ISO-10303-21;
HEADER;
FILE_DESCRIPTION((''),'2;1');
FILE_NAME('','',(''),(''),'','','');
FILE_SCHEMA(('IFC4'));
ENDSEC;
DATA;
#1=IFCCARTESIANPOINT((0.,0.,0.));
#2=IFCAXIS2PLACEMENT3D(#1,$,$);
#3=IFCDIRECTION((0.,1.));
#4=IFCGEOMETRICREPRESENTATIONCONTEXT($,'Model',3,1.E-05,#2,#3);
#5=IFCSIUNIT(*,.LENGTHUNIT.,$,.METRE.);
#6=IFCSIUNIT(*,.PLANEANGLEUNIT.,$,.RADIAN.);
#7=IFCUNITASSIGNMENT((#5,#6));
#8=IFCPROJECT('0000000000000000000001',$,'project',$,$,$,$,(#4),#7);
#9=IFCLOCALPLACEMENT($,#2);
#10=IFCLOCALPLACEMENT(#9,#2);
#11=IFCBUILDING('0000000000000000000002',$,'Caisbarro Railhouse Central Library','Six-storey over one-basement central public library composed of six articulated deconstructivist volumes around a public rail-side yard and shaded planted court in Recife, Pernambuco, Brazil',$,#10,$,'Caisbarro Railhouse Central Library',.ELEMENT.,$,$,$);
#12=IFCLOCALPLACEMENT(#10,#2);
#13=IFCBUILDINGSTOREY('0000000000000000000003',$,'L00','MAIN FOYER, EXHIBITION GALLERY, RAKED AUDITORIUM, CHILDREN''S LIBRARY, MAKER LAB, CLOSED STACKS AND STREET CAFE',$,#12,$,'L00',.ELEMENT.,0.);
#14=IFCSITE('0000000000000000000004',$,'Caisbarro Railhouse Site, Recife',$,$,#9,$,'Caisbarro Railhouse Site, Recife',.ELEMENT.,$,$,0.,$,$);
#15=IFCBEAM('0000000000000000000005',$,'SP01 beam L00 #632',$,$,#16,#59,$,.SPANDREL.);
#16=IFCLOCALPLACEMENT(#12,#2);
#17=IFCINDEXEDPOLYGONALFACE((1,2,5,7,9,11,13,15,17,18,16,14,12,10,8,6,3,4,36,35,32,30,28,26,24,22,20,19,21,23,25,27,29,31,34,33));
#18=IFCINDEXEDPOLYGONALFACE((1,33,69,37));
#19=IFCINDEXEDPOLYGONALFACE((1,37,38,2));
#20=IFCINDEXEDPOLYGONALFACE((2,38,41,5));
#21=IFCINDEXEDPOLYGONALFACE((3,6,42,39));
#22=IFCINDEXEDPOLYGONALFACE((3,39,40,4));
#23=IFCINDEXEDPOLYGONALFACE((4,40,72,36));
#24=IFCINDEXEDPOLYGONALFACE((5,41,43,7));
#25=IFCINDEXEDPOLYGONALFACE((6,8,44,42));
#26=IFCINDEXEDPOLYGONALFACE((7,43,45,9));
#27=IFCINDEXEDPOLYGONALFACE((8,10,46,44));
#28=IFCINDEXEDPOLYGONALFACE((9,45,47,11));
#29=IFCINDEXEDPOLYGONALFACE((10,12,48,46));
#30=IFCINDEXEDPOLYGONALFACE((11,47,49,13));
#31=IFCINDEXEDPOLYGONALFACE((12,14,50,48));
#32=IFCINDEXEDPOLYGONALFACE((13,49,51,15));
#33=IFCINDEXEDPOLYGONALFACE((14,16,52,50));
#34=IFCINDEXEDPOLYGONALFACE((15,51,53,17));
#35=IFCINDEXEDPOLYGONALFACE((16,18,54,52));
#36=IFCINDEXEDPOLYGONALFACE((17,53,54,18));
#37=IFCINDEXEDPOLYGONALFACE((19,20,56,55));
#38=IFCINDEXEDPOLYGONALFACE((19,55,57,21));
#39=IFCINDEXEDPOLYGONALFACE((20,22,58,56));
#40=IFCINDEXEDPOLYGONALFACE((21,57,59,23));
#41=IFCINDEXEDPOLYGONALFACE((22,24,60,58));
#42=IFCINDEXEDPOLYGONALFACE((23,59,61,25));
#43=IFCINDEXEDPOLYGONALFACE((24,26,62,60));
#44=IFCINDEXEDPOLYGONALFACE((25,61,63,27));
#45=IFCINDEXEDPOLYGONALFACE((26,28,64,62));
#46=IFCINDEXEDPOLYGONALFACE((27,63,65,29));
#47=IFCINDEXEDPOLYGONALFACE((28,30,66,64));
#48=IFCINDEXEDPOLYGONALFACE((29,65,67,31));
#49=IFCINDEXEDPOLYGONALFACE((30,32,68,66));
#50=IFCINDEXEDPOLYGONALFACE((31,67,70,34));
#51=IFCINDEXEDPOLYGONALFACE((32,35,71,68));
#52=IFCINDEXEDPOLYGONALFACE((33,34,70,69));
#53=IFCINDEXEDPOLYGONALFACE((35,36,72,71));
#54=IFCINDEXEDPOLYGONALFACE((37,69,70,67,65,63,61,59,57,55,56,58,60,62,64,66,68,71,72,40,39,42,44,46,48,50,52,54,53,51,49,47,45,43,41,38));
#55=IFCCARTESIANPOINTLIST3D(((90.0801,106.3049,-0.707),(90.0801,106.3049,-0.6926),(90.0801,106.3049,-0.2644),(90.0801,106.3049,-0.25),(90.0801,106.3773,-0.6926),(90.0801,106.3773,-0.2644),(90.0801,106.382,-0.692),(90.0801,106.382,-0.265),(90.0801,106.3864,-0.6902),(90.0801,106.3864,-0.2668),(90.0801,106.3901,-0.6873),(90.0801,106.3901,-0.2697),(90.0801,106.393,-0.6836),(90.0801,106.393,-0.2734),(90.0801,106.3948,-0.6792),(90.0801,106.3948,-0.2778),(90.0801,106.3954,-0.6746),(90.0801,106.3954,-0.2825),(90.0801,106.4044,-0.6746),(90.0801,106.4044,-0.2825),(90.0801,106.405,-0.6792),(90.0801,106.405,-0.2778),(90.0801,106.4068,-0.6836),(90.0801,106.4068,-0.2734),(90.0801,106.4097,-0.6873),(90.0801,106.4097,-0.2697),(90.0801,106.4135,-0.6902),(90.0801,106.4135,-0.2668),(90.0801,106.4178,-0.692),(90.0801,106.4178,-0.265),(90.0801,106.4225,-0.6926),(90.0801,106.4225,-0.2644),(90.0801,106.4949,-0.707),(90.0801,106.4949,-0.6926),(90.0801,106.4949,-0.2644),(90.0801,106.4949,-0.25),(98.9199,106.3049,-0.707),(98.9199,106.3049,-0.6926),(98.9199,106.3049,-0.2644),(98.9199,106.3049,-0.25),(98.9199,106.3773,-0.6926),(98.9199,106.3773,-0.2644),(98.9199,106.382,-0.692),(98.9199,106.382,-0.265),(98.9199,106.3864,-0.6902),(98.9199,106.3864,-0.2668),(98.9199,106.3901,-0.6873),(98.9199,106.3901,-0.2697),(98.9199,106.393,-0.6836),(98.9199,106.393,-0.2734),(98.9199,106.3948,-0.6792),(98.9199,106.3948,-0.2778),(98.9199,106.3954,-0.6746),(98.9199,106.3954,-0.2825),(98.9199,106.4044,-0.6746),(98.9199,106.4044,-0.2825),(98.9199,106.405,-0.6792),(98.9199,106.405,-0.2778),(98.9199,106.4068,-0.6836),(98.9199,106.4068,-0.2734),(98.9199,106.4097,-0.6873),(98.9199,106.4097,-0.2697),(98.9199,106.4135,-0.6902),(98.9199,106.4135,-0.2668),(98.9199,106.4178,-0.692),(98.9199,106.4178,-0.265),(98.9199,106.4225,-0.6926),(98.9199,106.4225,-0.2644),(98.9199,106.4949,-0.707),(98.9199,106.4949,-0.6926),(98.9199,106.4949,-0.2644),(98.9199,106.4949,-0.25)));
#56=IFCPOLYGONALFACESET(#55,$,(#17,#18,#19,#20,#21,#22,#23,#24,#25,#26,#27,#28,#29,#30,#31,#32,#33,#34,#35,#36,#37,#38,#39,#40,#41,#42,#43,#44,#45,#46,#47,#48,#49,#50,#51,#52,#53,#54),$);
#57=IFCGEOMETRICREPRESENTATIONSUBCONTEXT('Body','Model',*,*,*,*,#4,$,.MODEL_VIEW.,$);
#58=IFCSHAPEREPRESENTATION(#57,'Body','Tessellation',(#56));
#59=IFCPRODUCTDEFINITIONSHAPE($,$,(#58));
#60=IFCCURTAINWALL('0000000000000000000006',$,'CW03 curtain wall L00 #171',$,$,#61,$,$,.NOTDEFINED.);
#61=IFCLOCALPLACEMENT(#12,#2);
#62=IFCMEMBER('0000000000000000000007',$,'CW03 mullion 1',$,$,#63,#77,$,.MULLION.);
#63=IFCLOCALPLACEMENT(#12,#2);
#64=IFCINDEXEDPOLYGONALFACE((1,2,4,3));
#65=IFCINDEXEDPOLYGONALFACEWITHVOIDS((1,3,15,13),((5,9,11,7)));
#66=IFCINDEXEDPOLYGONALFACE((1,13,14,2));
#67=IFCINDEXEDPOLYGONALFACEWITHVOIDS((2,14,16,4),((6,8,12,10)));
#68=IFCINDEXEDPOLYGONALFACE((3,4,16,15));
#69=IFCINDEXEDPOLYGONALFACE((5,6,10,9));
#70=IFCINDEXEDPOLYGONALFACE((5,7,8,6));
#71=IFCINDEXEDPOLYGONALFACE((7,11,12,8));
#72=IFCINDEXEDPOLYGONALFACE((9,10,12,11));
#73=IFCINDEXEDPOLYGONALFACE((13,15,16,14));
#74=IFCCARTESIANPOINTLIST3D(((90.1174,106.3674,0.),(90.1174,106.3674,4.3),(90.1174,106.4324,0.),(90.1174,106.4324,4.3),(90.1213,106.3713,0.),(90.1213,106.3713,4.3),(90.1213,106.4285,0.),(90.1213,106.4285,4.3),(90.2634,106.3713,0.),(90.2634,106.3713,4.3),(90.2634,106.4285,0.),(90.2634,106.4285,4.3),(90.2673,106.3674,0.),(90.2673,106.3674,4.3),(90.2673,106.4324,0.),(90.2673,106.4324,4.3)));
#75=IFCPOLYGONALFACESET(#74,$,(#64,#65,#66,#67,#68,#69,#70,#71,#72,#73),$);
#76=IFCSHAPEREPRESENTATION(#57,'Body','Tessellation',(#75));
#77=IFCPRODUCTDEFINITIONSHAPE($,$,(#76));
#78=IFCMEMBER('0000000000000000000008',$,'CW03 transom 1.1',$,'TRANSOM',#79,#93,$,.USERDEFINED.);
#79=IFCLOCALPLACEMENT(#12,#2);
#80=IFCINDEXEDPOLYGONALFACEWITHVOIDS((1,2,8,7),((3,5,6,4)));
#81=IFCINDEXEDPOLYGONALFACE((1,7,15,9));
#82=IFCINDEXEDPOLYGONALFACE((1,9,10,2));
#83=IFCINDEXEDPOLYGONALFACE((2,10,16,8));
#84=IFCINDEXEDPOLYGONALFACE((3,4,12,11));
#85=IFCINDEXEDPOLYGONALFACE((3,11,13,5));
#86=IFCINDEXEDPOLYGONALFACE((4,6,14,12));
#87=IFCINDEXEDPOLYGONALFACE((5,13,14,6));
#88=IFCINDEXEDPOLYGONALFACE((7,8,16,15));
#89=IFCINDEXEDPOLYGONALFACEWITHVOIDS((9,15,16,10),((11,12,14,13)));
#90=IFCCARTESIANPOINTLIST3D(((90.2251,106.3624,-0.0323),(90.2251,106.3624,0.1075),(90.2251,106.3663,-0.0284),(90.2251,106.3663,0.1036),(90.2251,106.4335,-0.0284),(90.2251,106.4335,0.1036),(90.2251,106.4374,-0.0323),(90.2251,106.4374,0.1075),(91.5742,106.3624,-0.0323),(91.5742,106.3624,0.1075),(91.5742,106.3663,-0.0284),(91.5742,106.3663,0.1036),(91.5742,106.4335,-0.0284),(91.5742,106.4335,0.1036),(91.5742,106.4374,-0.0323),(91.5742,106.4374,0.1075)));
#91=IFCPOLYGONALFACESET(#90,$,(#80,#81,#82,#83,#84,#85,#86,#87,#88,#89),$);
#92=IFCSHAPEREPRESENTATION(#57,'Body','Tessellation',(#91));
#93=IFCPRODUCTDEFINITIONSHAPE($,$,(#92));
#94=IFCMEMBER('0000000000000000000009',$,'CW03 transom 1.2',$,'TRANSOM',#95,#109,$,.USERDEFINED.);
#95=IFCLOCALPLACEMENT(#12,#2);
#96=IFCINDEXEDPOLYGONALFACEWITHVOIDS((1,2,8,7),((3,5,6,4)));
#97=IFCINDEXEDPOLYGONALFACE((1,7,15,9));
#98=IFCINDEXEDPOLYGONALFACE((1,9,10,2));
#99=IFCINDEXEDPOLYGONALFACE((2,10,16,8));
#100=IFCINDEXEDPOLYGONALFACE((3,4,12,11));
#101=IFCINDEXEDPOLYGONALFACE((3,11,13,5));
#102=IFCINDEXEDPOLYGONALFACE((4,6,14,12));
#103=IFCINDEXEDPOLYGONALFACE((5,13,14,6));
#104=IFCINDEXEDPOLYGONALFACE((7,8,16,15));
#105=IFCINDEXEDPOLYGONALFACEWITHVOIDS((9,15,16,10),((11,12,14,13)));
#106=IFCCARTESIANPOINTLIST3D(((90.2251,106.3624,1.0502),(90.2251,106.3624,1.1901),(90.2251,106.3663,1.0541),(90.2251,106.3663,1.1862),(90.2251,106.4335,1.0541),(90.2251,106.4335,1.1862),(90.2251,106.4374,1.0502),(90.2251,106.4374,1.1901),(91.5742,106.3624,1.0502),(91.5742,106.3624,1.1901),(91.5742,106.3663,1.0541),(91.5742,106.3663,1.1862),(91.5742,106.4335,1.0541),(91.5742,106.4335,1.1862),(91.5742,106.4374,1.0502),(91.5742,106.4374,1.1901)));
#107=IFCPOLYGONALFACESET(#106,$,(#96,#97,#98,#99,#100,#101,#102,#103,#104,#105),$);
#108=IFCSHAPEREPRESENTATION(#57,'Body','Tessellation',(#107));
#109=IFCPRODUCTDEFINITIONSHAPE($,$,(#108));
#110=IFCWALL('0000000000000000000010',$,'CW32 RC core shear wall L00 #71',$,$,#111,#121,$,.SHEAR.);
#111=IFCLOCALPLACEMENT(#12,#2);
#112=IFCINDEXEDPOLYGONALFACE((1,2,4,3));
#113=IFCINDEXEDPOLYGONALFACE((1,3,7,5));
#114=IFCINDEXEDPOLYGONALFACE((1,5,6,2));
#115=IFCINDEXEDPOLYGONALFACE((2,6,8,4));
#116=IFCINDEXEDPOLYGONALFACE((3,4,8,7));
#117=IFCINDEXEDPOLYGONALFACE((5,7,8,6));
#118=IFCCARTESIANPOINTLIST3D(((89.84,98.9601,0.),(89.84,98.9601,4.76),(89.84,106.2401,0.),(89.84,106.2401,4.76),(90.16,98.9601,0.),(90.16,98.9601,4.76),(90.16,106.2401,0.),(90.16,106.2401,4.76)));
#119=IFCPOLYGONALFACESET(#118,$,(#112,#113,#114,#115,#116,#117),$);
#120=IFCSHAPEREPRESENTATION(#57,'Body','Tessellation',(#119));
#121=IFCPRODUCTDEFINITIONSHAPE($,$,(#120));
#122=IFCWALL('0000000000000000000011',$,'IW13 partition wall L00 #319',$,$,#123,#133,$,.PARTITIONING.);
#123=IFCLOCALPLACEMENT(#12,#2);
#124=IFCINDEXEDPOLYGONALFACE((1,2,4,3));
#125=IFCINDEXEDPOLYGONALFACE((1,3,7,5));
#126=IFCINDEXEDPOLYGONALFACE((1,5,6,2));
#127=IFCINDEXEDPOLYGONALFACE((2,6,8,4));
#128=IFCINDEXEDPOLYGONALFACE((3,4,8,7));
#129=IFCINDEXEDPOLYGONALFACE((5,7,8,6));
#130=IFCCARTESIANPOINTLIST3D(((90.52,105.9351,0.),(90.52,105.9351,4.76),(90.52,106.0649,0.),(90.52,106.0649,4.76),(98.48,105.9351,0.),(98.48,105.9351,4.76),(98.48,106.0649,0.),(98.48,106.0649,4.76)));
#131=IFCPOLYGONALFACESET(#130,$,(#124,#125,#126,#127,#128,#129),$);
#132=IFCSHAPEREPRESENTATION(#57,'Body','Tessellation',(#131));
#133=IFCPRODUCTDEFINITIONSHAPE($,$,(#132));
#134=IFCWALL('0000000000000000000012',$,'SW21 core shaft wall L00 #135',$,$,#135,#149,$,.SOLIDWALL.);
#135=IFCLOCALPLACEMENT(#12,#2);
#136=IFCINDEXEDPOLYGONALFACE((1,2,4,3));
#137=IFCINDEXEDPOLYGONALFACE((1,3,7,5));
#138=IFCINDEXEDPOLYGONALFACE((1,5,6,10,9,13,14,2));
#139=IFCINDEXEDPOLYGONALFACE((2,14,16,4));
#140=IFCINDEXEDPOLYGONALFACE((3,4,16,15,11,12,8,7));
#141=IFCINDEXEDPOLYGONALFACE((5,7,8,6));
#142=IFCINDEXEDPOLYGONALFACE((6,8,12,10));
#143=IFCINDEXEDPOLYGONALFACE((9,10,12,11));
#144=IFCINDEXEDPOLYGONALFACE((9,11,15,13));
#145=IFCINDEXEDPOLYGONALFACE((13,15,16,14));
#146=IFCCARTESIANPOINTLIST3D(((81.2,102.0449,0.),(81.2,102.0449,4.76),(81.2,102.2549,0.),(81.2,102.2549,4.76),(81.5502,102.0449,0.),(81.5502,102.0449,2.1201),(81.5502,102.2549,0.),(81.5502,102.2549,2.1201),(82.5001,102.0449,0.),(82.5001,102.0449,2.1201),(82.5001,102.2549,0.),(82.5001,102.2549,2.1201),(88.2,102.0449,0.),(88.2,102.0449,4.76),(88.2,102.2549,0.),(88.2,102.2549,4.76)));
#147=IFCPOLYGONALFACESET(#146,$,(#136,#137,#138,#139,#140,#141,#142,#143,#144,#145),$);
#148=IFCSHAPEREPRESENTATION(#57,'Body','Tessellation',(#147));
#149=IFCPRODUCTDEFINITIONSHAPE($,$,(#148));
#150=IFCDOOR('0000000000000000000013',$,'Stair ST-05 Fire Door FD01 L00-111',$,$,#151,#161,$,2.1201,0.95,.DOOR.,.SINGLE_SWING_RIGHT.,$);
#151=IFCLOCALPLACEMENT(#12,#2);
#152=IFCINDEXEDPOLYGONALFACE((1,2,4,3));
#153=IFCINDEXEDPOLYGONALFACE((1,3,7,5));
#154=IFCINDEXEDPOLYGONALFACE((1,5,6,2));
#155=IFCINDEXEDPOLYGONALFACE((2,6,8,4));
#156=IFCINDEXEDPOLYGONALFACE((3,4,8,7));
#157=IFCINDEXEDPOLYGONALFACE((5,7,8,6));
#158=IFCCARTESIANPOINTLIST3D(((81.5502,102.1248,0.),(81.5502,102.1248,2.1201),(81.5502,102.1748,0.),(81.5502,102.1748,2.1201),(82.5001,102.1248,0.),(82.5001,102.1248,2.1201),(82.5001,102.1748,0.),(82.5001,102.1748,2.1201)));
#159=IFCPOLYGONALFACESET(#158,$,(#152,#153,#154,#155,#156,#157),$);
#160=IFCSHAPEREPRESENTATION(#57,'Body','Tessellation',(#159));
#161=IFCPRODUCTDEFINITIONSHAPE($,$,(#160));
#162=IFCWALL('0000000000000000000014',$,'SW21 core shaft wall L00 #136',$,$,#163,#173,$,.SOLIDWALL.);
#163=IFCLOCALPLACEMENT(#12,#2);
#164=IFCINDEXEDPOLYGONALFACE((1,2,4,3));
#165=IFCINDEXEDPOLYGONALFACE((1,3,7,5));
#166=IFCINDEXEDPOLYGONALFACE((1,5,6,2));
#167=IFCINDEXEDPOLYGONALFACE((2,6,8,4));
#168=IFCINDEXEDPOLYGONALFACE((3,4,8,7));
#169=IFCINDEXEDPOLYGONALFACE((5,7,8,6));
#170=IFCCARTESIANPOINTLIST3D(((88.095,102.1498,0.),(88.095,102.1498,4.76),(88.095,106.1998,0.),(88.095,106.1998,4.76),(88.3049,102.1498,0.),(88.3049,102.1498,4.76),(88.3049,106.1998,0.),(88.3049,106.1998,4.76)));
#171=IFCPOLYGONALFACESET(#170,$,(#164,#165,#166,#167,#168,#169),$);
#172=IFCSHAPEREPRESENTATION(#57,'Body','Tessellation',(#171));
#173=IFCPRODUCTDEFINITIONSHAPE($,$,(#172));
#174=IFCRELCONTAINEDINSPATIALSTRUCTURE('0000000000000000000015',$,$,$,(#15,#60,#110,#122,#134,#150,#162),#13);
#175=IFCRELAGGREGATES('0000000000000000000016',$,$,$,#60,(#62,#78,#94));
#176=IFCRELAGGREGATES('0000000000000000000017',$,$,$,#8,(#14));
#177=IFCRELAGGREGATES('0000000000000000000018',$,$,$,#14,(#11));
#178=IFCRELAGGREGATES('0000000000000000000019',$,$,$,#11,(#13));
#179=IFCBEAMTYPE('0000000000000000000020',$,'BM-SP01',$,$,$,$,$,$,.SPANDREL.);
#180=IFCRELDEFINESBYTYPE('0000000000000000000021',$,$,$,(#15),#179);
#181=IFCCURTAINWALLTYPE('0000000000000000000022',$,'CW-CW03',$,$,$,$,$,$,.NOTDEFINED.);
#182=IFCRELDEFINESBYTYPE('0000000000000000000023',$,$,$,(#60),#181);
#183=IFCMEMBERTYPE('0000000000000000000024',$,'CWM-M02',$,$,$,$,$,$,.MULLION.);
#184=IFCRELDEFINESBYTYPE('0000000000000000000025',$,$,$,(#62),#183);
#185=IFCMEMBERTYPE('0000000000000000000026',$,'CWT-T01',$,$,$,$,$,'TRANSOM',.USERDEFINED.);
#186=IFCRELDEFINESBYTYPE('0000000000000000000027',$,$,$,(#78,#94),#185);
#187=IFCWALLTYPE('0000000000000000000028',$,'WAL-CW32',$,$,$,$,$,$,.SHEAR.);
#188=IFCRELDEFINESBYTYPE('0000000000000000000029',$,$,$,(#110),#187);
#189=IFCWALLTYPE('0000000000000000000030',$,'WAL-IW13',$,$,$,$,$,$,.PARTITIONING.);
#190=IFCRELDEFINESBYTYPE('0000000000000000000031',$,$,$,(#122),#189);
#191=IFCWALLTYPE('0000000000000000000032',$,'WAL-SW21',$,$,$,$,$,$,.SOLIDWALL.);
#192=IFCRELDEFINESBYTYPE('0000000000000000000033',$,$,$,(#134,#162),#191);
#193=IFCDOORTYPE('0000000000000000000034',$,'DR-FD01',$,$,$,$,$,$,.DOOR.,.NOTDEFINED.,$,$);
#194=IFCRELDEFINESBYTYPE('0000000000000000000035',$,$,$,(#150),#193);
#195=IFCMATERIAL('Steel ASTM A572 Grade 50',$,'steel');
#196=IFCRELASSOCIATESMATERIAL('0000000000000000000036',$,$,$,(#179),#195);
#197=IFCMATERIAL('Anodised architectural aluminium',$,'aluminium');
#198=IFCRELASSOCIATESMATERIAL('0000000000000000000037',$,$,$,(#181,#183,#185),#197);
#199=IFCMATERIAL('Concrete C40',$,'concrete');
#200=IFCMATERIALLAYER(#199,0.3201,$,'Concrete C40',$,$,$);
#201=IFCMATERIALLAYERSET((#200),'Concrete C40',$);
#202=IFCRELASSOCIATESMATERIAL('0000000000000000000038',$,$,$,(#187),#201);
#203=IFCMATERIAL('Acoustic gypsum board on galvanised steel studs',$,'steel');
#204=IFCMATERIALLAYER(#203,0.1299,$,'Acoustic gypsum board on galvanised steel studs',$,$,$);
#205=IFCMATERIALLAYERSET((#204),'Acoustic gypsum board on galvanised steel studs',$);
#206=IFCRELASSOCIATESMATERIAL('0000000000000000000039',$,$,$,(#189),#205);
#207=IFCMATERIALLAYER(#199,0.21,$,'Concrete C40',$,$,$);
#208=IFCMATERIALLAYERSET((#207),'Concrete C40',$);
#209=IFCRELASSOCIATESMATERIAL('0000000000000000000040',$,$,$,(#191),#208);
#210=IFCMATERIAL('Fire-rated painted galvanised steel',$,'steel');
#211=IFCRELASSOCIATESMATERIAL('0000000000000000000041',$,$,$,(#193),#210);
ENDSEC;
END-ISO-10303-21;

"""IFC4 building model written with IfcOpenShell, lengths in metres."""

from ifc_helpers import new_model, si_unit, direction, frame, frame_2d, origin, origin_2d, place, context, subcontext, project, spatial, rectangle, hollow_rectangle, i_section, extrude, material, layer, layer_set, material_profile, profile_set, type_object, element, fill, aggregate, save


model = new_model("IFC4")

# Units and contexts
model_context = context("Model", 3, precision=1e-05, world=origin(), true_north=direction((0.0, 1.0)))
body_context = subcontext(model_context, "Body", "Model", "MODEL_VIEW")
ifc_project = project(units=[si_unit("LENGTHUNIT", "METRE"), si_unit("PLANEANGLEUNIT", "RADIAN")], contexts=[model_context])

# Site, building, storey
site_placement = place(None, origin())
site = spatial("IfcSite", under=ifc_project, at=site_placement, Name="Caisbarro Railhouse Site, Recife", LongName="Caisbarro Railhouse Site, Recife", CompositionType="ELEMENT", RefElevation=0.0)
building_placement = place(site_placement, origin())
building = spatial("IfcBuilding", under=site, at=building_placement, Name="Caisbarro Railhouse Central Library", Description="Six-storey over one-basement central public library composed of six articulated deconstructivist volumes around a public rail-side yard and shaded planted court in Recife, Pernambuco, Brazil", LongName="Caisbarro Railhouse Central Library", CompositionType="ELEMENT")
storey_placement = place(building_placement, origin())
storey = spatial("IfcBuildingStorey", under=building, at=storey_placement, Name="L00", Description="MAIN FOYER, EXHIBITION GALLERY, RAKED AUDITORIUM, CHILDREN'S LIBRARY, MAKER LAB, CLOSED STACKS AND STREET CAFE", LongName="L00", CompositionType="ELEMENT", Elevation=0.0)

# Shared definitions
ifc_material_1 = material(Name="Steel ASTM A572 Grade 50", Category="steel")

# Beam
ifc_material_profile_1 = material_profile(ifc_material_1, i_section(OverallWidth=0.1899, OverallDepth=0.457, WebThickness=0.009, FlangeThickness=0.0144, FilletRadius=0.0181, at=origin_2d()), Name="W460X74.0")
ifc_profile_set_1 = profile_set([ifc_material_profile_1], Name="Steel ASTM A572 Grade 50")
beam_type_1 = type_object("IfcBeamType", Name="BM-SP01", PredefinedType="SPANDREL", material=ifc_profile_set_1)
for number, where, z_axis, x_axis, name in (
    (1, (90.0801, 106.3999, -0.4785), (1.0, 0.0, 0.0), (0.0, 1.0, 0.0), "SP01 beam L00 #632"),
):
    element("IfcBeam", number, at=place(storey_placement, frame(where, z_axis=z_axis, x_axis=x_axis)), inside=storey, type_object=beam_type_1, Name=name, PredefinedType="SPANDREL", context=body_context, shape_type="SweptSolid", body=[
        extrude(i_section(OverallWidth=0.1899, OverallDepth=0.457, WebThickness=0.009, FlangeThickness=0.0144, FilletRadius=0.0181, at=origin_2d()), origin(), (0.0, 0.0, 1.0), 8.8398),
    ])

# Curtain wall, members
ifc_material_2 = material(Name="Anodised architectural aluminium", Category="aluminium")
curtain_wall_type = type_object("IfcCurtainWallType", Name="CW-CW03", PredefinedType="NOTDEFINED", material=ifc_material_2)
curtain_wall_placement = place(storey_placement, origin())
curtain_wall = element("IfcCurtainWall", 2, at=curtain_wall_placement, inside=storey, type_object=curtain_wall_type, Name="CW03 curtain wall L00 #171", PredefinedType="NOTDEFINED")
ifc_material_profile_2 = material_profile(ifc_material_2, hollow_rectangle(XDim=0.0649, YDim=0.1499, WallThickness=0.0039, at=origin_2d()), Name="ALU-MUL-65X150")
ifc_profile_set_2 = profile_set([ifc_material_profile_2], Name="Anodised architectural aluminium")
member_type_1 = type_object("IfcMemberType", Name="CWM-M02", PredefinedType="MULLION", material=ifc_profile_set_2)
member_1_placement = place(storey_placement, frame((90.1924, 106.3999, 0.0), z_axis=(0.0, 0.0, 1.0), x_axis=(0.0, 1.0, 0.0)))
member_1 = element("IfcMember", 3, at=member_1_placement, type_object=member_type_1, Name="CW03 mullion 1", PredefinedType="MULLION", context=body_context, shape_type="SweptSolid", body=[
    extrude(hollow_rectangle(XDim=0.0649, YDim=0.1499, WallThickness=0.0039, at=origin_2d()), origin(), (0.0, 0.0, 1.0), 4.3),
])
ifc_material_profile_3 = material_profile(ifc_material_2, hollow_rectangle(XDim=0.075, YDim=0.1399, WallThickness=0.0039, at=origin_2d()), Name="ALU-TRN-75X140")
ifc_profile_set_3 = profile_set([ifc_material_profile_3], Name="Anodised architectural aluminium")
member_type_2 = type_object("IfcMemberType", Name="CWT-T01", ElementType="TRANSOM", PredefinedType="USERDEFINED", material=ifc_profile_set_3)
member_2_placement = place(storey_placement, frame((90.2251, 106.3999, 0.0376), z_axis=(1.0, 0.0, 0.0), x_axis=(0.0, 1.0, 0.0)))
member_2 = element("IfcMember", 4, at=member_2_placement, type_object=member_type_2, Name="CW03 transom 1.1", ObjectType="TRANSOM", PredefinedType="USERDEFINED", context=body_context, shape_type="SweptSolid", body=[
    extrude(hollow_rectangle(XDim=0.075, YDim=0.1399, WallThickness=0.0039, at=origin_2d()), origin(), (0.0, 0.0, 1.0), 1.3491),
])
member_3_placement = place(storey_placement, frame((90.2251, 106.3999, 1.1201), z_axis=(1.0, 0.0, 0.0), x_axis=(0.0, 1.0, 0.0)))
member_3 = element("IfcMember", 5, at=member_3_placement, type_object=member_type_2, Name="CW03 transom 1.2", ObjectType="TRANSOM", PredefinedType="USERDEFINED", context=body_context, shape_type="SweptSolid", body=[
    extrude(hollow_rectangle(XDim=0.075, YDim=0.1399, WallThickness=0.0039, at=origin_2d()), origin(), (0.0, 0.0, 1.0), 1.3491),
])
aggregate(curtain_wall, [member_1, member_2, member_3])

# Walls
ifc_material_3 = material(Name="Concrete C40", Category="concrete")
ifc_layer_1 = layer(ifc_material_3, 0.3201, Name="Concrete C40")
ifc_layer_set_1 = layer_set([ifc_layer_1], Name="Concrete C40")
wall_type_1 = type_object("IfcWallType", Name="WAL-CW32", PredefinedType="SHEAR", material=ifc_layer_set_1)
wall_1_placement = place(storey_placement, frame((90.0, 98.96, 0.0), z_axis=(0.0, 0.0, 1.0), x_axis=(0.0, 1.0, 0.0)))
element("IfcWall", 6, at=wall_1_placement, inside=storey, type_object=wall_type_1, Name="CW32 RC core shear wall L00 #71", PredefinedType="SHEAR", context=body_context, shape_type="SweptSolid", body=[
    extrude(rectangle(XDim=7.28, YDim=0.3201, at=frame_2d((3.6401, 0.0))), origin(), (0.0, 0.0, 1.0), 4.76),
])
ifc_material_4 = material(Name="Acoustic gypsum board on galvanised steel studs", Category="steel")
ifc_layer_2 = layer(ifc_material_4, 0.1299, Name="Acoustic gypsum board on galvanised steel studs")
ifc_layer_set_2 = layer_set([ifc_layer_2], Name="Acoustic gypsum board on galvanised steel studs")
wall_type_2 = type_object("IfcWallType", Name="WAL-IW13", PredefinedType="PARTITIONING", material=ifc_layer_set_2)
wall_2_placement = place(storey_placement, frame((90.52, 106.0, 0.0), z_axis=(0.0, 0.0, 1.0), x_axis=(1.0, 0.0, 0.0)))
element("IfcWall", 7, at=wall_2_placement, inside=storey, type_object=wall_type_2, Name="IW13 partition wall L00 #319", PredefinedType="PARTITIONING", context=body_context, shape_type="SweptSolid", body=[
    extrude(rectangle(XDim=7.96, YDim=0.1299, at=frame_2d((3.98, 0.0))), origin(), (0.0, 0.0, 1.0), 4.76),
])

# Wall, opening, door
ifc_layer_3 = layer(ifc_material_3, 0.21, Name="Concrete C40")
ifc_layer_set_3 = layer_set([ifc_layer_3], Name="Concrete C40")
wall_type_3 = type_object("IfcWallType", Name="WAL-SW21", PredefinedType="SOLIDWALL", material=ifc_layer_set_3)
wall_3_placement = place(storey_placement, frame((81.2, 102.1499, 0.0), z_axis=(0.0, 0.0, 1.0), x_axis=(1.0, 0.0, 0.0)))
wall_3 = element("IfcWall", 8, at=wall_3_placement, inside=storey, type_object=wall_type_3, Name="SW21 core shaft wall L00 #135", PredefinedType="SOLIDWALL", context=body_context, shape_type="SweptSolid", body=[
    extrude(rectangle(XDim=7.0, YDim=0.21, at=frame_2d((3.5, 0.0))), origin(), (0.0, 0.0, 1.0), 4.76),
])
opening_placement = place(wall_3_placement, frame((0.3501, 0.0, 0.0)))
opening = element("IfcOpeningElement", 9, at=opening_placement, cuts=wall_3, PredefinedType="OPENING", context=body_context, shape_type="SweptSolid", body=[
    extrude(rectangle(XDim=0.95, YDim=2.1201, at=frame_2d((0.4751, 1.0601))), frame((0.0, 0.115, 0.0), z_axis=(0.0, -1.0, 0.0), x_axis=(1.0, 0.0, 0.0)), (0.0, 0.0, 1.0), 0.23),
])
ifc_material_5 = material(Name="Fire-rated painted galvanised steel", Category="steel")
door_type = type_object("IfcDoorType", Name="DR-FD01", OperationType="NOTDEFINED", PredefinedType="DOOR", material=ifc_material_5)
door_placement = place(opening_placement, origin())
door = element("IfcDoor", 10, at=door_placement, inside=storey, type_object=door_type, Name="Stair ST-05 Fire Door FD01 L00-111", OperationType="SINGLE_SWING_RIGHT", OverallHeight=2.1201, OverallWidth=0.95, PredefinedType="DOOR", context=body_context, shape_type="SweptSolid", body=[
    extrude(rectangle(XDim=0.95, YDim=2.1201, at=frame_2d((0.4751, 1.0601))), frame((0.0, 0.0249, 0.0), z_axis=(0.0, -1.0, 0.0), x_axis=(1.0, 0.0, 0.0)), (0.0, 0.0, 1.0), 0.05),
])
fill(opening, door)

# Wall
wall_4_placement = place(storey_placement, frame((88.2, 102.1499, 0.0), z_axis=(0.0, 0.0, 1.0), x_axis=(0.0, 1.0, 0.0)))
element("IfcWall", 11, at=wall_4_placement, inside=storey, type_object=wall_type_3, Name="SW21 core shaft wall L00 #136", PredefinedType="SOLIDWALL", context=body_context, shape_type="SweptSolid", body=[
    extrude(rectangle(XDim=4.05, YDim=0.21, at=frame_2d((2.0249, 0.0))), origin(), (0.0, 0.0, 1.0), 4.76),
])

save(model, "model.ifc")
